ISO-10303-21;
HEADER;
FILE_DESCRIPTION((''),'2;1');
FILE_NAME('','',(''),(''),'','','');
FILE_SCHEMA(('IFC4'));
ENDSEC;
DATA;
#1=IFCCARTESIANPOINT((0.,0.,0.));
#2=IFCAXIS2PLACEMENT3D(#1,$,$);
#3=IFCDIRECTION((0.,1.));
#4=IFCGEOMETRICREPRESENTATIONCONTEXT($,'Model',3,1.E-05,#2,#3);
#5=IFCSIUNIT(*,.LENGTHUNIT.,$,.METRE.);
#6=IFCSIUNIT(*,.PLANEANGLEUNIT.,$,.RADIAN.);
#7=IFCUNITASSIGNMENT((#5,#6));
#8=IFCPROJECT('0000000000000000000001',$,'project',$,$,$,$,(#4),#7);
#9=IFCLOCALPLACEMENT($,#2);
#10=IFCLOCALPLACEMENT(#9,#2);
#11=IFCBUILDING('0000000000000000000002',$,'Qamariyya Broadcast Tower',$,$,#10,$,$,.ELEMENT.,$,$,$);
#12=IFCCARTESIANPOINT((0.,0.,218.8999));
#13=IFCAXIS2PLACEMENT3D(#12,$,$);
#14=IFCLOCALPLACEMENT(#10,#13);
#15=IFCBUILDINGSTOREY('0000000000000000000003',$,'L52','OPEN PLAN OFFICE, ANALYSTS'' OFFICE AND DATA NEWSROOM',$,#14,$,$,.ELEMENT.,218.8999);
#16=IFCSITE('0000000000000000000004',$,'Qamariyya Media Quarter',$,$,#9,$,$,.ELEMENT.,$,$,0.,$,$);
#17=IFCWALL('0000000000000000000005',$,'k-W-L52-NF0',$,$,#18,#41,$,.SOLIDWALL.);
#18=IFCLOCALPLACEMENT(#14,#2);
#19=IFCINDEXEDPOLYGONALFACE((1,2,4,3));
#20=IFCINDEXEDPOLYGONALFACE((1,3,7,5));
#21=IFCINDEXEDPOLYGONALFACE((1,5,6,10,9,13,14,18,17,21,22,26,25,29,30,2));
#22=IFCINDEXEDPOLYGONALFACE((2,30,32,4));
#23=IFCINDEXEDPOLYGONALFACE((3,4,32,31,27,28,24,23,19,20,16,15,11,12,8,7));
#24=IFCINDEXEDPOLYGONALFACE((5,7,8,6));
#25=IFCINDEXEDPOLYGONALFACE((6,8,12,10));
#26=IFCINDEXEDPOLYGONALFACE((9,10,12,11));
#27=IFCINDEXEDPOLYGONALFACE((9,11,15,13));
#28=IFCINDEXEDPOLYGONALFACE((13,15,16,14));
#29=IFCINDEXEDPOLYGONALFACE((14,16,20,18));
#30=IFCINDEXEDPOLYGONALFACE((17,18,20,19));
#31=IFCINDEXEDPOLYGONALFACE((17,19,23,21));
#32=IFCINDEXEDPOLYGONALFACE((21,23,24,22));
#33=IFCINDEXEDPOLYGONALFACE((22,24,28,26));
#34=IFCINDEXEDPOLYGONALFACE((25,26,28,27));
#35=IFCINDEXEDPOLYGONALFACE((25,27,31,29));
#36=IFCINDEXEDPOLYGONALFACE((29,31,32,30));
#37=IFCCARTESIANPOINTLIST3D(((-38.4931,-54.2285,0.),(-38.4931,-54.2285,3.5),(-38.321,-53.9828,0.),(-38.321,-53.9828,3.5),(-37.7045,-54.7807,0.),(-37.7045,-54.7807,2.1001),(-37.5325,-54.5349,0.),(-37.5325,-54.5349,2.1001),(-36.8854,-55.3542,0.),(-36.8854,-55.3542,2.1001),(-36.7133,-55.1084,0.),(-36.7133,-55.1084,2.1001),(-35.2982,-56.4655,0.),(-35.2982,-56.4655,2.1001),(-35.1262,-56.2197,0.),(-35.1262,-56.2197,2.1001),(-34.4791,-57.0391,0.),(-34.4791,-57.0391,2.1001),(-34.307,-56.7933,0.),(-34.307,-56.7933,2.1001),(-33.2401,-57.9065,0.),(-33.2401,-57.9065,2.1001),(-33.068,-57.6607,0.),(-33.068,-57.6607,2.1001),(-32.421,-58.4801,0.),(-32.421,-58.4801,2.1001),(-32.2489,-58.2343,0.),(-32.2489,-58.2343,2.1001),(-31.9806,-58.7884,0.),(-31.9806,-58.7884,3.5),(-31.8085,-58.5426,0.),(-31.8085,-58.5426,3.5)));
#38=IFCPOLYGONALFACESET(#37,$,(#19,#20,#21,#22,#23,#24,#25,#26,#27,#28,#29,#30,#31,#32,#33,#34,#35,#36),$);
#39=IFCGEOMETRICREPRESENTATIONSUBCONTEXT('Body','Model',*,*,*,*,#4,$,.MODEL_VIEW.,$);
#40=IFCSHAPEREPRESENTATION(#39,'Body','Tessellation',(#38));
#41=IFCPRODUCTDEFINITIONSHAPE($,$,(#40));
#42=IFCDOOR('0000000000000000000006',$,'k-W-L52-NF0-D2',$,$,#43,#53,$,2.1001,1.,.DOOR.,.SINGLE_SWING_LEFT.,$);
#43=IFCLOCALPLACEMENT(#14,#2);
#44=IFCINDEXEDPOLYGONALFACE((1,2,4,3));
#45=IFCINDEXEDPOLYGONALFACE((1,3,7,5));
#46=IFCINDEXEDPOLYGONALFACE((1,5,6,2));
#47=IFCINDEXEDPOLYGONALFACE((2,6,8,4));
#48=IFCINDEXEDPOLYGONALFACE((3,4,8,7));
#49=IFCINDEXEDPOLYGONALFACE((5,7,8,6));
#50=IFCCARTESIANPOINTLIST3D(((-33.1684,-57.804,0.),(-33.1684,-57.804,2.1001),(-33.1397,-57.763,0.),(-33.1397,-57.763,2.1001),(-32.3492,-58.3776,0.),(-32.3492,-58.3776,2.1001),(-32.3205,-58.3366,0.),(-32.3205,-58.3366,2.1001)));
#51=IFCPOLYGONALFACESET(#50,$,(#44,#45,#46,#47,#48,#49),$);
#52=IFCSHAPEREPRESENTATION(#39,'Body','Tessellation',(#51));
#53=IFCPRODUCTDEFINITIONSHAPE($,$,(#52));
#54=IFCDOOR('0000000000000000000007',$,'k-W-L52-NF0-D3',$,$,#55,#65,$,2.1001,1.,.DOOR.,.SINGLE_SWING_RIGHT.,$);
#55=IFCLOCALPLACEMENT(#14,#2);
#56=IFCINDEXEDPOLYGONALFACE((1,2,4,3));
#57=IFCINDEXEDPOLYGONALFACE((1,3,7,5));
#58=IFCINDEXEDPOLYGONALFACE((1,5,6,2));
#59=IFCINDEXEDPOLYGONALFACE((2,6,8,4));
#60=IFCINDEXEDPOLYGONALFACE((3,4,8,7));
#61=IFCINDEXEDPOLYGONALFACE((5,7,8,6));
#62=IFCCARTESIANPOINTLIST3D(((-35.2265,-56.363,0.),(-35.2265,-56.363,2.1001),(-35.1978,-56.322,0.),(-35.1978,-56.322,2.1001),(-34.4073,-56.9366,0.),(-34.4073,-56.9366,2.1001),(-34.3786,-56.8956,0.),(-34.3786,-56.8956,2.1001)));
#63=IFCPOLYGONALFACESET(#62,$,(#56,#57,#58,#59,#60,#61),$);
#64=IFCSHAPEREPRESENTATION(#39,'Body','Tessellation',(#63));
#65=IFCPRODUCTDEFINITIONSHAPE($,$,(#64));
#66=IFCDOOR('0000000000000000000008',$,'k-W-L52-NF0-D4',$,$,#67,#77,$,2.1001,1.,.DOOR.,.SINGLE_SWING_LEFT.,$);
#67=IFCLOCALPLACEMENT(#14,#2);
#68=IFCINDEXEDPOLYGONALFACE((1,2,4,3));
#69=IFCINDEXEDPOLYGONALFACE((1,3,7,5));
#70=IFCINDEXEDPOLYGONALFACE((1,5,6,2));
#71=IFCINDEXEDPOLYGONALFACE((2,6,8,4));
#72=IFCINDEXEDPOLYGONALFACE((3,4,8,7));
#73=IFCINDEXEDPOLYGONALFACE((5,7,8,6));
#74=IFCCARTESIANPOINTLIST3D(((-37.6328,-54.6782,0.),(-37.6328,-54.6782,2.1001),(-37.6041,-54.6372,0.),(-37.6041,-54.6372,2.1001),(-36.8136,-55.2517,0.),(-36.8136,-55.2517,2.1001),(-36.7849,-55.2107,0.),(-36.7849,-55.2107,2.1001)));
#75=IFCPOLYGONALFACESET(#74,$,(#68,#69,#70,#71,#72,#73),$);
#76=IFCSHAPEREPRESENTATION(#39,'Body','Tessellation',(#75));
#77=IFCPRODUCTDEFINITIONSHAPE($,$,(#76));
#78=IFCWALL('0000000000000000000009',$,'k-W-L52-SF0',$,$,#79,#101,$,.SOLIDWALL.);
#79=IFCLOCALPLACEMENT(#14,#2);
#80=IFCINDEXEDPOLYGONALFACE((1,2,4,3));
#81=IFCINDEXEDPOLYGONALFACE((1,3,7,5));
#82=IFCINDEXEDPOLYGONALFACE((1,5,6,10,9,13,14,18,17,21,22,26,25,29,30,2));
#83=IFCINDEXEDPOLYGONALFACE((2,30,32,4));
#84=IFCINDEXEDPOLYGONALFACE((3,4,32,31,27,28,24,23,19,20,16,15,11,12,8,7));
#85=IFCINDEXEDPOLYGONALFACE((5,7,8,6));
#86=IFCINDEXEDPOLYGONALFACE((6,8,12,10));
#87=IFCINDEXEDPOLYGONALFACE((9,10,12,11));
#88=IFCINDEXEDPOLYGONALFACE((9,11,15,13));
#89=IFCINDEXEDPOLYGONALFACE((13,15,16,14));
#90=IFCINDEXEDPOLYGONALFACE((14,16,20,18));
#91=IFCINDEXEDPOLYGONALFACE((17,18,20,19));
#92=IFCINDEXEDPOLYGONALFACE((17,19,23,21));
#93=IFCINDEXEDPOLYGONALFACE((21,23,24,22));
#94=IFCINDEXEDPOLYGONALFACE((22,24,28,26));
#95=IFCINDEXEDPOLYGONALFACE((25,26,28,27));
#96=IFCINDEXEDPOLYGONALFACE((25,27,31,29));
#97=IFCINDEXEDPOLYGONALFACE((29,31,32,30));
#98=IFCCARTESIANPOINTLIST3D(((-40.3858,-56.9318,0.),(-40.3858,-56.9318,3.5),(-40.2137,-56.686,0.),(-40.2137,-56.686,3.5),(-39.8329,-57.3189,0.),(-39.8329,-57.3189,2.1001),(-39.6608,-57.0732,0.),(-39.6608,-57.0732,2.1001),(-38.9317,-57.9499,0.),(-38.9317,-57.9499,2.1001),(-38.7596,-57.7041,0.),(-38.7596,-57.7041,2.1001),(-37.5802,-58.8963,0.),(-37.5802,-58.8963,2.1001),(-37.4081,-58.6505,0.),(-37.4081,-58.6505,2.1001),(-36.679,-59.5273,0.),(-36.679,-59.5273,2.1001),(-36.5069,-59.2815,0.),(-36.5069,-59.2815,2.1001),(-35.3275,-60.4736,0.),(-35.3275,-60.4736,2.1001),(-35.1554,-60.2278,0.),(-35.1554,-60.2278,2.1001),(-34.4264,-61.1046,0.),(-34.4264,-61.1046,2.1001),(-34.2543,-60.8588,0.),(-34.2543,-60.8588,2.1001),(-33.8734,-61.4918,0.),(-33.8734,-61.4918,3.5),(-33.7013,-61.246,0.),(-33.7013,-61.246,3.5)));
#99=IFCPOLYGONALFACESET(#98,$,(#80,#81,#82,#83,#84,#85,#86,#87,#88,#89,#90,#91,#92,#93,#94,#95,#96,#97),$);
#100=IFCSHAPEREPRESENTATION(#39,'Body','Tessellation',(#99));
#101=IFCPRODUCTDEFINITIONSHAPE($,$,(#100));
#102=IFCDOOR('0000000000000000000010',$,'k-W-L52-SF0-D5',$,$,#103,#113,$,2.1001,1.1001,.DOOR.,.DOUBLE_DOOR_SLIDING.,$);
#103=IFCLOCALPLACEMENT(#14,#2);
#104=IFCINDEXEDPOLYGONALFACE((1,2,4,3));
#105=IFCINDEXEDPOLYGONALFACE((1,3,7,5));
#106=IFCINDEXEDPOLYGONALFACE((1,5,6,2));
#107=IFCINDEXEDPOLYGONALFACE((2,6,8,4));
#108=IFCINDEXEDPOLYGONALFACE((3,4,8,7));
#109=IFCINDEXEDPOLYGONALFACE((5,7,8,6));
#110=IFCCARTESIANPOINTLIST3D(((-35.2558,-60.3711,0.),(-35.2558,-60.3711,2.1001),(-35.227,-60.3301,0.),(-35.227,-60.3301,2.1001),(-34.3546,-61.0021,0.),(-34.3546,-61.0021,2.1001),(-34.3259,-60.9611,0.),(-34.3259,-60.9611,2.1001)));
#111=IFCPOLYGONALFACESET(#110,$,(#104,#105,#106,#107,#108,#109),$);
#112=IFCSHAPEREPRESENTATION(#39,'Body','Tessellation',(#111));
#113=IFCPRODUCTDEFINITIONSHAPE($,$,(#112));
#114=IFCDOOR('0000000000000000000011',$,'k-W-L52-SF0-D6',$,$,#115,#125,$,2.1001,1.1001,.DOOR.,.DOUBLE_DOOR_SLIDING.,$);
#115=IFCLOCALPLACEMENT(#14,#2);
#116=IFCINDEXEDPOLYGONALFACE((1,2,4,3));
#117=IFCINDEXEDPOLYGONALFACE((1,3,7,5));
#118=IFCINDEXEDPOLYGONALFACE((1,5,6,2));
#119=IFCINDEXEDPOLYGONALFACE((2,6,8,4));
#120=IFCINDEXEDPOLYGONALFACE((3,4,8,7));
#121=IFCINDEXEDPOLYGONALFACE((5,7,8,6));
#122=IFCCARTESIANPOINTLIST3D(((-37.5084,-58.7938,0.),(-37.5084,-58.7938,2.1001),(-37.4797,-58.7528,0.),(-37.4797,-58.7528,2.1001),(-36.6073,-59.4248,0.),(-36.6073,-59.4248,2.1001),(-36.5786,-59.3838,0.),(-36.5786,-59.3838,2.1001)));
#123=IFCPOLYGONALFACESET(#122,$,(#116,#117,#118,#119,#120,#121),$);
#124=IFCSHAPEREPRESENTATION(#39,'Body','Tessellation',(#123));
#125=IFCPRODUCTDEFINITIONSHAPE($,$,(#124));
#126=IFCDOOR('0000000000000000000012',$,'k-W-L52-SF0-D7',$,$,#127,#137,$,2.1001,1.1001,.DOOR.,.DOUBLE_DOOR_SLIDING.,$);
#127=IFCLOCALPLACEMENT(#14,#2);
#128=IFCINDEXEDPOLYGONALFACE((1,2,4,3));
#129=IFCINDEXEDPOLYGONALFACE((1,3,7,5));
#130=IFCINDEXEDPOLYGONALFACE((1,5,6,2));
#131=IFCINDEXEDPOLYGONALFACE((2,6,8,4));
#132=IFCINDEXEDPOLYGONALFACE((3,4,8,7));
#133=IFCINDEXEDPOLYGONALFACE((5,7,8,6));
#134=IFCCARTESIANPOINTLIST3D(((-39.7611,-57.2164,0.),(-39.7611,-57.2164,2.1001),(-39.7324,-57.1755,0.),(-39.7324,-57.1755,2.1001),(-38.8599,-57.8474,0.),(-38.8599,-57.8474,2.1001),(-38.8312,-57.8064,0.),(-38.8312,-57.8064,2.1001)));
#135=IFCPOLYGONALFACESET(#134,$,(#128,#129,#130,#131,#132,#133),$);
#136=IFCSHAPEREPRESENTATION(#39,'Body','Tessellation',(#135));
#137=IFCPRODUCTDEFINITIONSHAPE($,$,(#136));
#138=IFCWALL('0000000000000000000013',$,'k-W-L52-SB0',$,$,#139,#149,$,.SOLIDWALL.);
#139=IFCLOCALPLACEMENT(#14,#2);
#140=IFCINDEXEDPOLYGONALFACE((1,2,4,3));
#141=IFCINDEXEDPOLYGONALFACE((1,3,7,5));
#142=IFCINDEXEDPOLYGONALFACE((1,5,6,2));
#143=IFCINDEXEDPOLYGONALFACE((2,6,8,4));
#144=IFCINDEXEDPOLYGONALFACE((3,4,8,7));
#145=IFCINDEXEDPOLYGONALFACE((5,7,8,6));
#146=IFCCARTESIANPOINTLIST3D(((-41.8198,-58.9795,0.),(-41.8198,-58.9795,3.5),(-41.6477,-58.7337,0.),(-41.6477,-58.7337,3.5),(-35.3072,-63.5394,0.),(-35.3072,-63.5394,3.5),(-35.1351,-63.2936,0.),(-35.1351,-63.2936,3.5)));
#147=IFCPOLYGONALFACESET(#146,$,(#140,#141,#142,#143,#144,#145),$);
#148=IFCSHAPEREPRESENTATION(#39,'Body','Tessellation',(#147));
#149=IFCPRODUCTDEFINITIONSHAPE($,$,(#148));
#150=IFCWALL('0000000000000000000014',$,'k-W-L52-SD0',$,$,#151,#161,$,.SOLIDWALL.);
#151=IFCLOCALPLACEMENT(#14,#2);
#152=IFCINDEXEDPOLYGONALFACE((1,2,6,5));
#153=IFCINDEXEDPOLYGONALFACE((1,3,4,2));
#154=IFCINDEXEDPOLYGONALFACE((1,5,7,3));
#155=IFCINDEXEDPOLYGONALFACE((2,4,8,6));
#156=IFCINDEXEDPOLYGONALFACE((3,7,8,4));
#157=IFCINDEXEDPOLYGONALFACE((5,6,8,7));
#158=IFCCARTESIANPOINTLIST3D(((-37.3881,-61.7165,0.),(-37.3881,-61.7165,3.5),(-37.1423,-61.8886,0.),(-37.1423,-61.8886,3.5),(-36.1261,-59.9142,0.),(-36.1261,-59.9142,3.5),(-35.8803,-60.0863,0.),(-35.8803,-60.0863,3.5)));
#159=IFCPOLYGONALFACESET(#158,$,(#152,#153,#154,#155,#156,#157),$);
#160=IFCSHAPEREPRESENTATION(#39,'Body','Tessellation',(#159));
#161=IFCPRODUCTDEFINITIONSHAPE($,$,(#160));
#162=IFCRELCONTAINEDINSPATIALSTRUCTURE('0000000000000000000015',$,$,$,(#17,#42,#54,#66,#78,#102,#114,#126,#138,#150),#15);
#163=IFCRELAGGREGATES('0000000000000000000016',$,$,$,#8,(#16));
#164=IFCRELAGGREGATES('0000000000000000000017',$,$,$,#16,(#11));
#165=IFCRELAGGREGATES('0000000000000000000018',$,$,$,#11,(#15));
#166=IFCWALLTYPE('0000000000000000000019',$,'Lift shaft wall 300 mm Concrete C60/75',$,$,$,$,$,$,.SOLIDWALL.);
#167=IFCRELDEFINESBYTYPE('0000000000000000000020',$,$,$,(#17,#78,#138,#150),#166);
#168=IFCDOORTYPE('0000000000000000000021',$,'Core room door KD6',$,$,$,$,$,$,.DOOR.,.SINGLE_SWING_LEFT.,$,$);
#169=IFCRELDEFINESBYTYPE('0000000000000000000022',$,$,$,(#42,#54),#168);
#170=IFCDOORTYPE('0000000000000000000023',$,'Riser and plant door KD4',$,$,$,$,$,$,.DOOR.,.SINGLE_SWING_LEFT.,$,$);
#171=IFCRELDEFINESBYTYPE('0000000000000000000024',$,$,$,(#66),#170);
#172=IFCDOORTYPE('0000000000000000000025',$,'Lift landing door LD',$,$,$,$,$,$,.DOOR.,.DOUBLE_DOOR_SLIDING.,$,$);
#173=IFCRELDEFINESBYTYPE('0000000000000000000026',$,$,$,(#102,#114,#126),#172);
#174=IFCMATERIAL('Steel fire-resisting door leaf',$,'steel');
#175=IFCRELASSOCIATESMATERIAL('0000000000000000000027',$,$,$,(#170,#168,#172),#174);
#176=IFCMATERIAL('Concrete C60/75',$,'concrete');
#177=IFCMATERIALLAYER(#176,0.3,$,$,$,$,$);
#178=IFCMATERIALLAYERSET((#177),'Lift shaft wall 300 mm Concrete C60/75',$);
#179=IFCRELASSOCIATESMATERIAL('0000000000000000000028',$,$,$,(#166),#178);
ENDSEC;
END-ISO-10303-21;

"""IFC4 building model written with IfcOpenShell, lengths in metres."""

from ifc_helpers import new_model, si_unit, direction, frame, frame_2d, origin, place, context, subcontext, project, spatial, rectangle, extrude, material, layer, layer_set, type_object, element, fill, save


model = new_model("IFC4")

# Units and contexts
model_context = context("Model", 3, precision=1e-05, world=origin(), true_north=direction((0.0, 1.0)))
body_context = subcontext(model_context, "Body", "Model", "MODEL_VIEW")
ifc_project = project(units=[si_unit("LENGTHUNIT", "METRE"), si_unit("PLANEANGLEUNIT", "RADIAN")], contexts=[model_context])

# Site, building, storey
site_placement = place(None, origin())
site = spatial("IfcSite", under=ifc_project, at=site_placement, Name="Qamariyya Media Quarter", CompositionType="ELEMENT", RefElevation=0.0)
building_placement = place(site_placement, origin())
building = spatial("IfcBuilding", under=site, at=building_placement, Name="Qamariyya Broadcast Tower", CompositionType="ELEMENT")
storey_placement = place(building_placement, frame((0.0, 0.0, 218.8999)))
storey = spatial("IfcBuildingStorey", under=building, at=storey_placement, Name="L52", Description="OPEN PLAN OFFICE, ANALYSTS' OFFICE AND DATA NEWSROOM", CompositionType="ELEMENT", Elevation=218.8999)

# Shared definitions
ifc_material_1 = material(Name="Concrete C60/75", Category="concrete")
ifc_material_2 = material(Name="Steel fire-resisting door leaf", Category="steel")
door_type_1 = type_object("IfcDoorType", Name="Riser and plant door KD4", OperationType="SINGLE_SWING_LEFT", PredefinedType="DOOR", material=ifc_material_2)

# Walls, openings, doors
ifc_layer_1 = layer(ifc_material_1, 0.3)
ifc_layer_set_1 = layer_set([ifc_layer_1], Name="Lift shaft wall 300 mm Concrete C60/75")
wall_type_1 = type_object("IfcWallType", Name="Lift shaft wall 300 mm Concrete C60/75", PredefinedType="SOLIDWALL", material=ifc_layer_set_1)
wall_1_placement = place(storey_placement, frame((-31.8945, -58.6655, 0.0), z_axis=(0.0, 0.0, 1.0), x_axis=(-0.819167, 0.573555, 0.0)))
wall_1 = element("IfcWall", 1, at=wall_1_placement, inside=storey, type_object=wall_type_1, Name="k-W-L52-NF0", PredefinedType="SOLIDWALL", context=body_context, shape_type="SweptSolid", body=[
    extrude(rectangle(XDim=7.9502, YDim=0.3, at=frame_2d((3.9751, 0.0))), origin(), (0.0, 0.0, 1.0), 3.5),
])
opening_1_placement = place(wall_1_placement, frame((0.5376, 0.0, 0.0)))
opening_1 = element("IfcOpeningElement", 2, at=opening_1_placement, cuts=wall_1, PredefinedType="OPENING", context=body_context, shape_type="SweptSolid", body=[
    extrude(rectangle(XDim=1.0, YDim=2.1001, at=frame_2d((0.5, 1.05))), frame((0.0, 0.1599, 0.0), z_axis=(0.0, -1.0, 0.0), x_axis=(1.0, 0.0, 0.0)), (0.0, 0.0, 1.0), 0.3201),
])
opening_2_placement = place(wall_1_placement, frame((3.05, 0.0, 0.0)))
opening_2 = element("IfcOpeningElement", 3, at=opening_2_placement, cuts=wall_1, PredefinedType="OPENING", context=body_context, shape_type="SweptSolid", body=[
    extrude(rectangle(XDim=1.0, YDim=2.1001, at=frame_2d((0.5, 1.05))), frame((0.0, 0.1599, 0.0), z_axis=(0.0, -1.0, 0.0), x_axis=(1.0, 0.0, 0.0)), (0.0, 0.0, 1.0), 0.3201),
])
opening_3_placement = place(wall_1_placement, frame((5.9875, 0.0, 0.0)))
opening_3 = element("IfcOpeningElement", 4, at=opening_3_placement, cuts=wall_1, PredefinedType="OPENING", context=body_context, shape_type="SweptSolid", body=[
    extrude(rectangle(XDim=1.0, YDim=2.1001, at=frame_2d((0.5, 1.05))), frame((0.0, 0.1599, 0.0), z_axis=(0.0, -1.0, 0.0), x_axis=(1.0, 0.0, 0.0)), (0.0, 0.0, 1.0), 0.3201),
])
door_type_2 = type_object("IfcDoorType", Name="Core room door KD6", OperationType="SINGLE_SWING_LEFT", PredefinedType="DOOR", material=ifc_material_2)
door_1_placement = place(opening_1_placement, origin())
door_1 = element("IfcDoor", 5, at=door_1_placement, inside=storey, type_object=door_type_2, Name="k-W-L52-NF0-D2", OperationType="SINGLE_SWING_LEFT", OverallHeight=2.1001, OverallWidth=1.0, PredefinedType="DOOR", context=body_context, shape_type="SweptSolid", body=[
    extrude(rectangle(XDim=1.0, YDim=2.1001, at=frame_2d((0.5, 1.05))), frame((0.0, 0.0249, 0.0), z_axis=(0.0, -1.0, 0.0), x_axis=(1.0, 0.0, 0.0)), (0.0, 0.0, 1.0), 0.05),
])
fill(opening_1, door_1)
door_2_placement = place(opening_2_placement, origin())
door_2 = element("IfcDoor", 6, at=door_2_placement, inside=storey, type_object=door_type_2, Name="k-W-L52-NF0-D3", OperationType="SINGLE_SWING_RIGHT", OverallHeight=2.1001, OverallWidth=1.0, PredefinedType="DOOR", context=body_context, shape_type="SweptSolid", body=[
    extrude(rectangle(XDim=1.0, YDim=2.1001, at=frame_2d((0.5, 1.05))), frame((0.0, 0.0249, 0.0), z_axis=(0.0, -1.0, 0.0), x_axis=(1.0, 0.0, 0.0)), (0.0, 0.0, 1.0), 0.05),
])
fill(opening_2, door_2)
door_3_placement = place(opening_3_placement, origin())
door_3 = element("IfcDoor", 7, at=door_3_placement, inside=storey, type_object=door_type_1, Name="k-W-L52-NF0-D4", OperationType="SINGLE_SWING_LEFT", OverallHeight=2.1001, OverallWidth=1.0, PredefinedType="DOOR", context=body_context, shape_type="SweptSolid", body=[
    extrude(rectangle(XDim=1.0, YDim=2.1001, at=frame_2d((0.5, 1.05))), frame((0.0, 0.0249, 0.0), z_axis=(0.0, -1.0, 0.0), x_axis=(1.0, 0.0, 0.0)), (0.0, 0.0, 1.0), 0.05),
])
fill(opening_3, door_3)
wall_2_placement = place(storey_placement, frame((-33.7874, -61.3689, 0.0), z_axis=(0.0, 0.0, 1.0), x_axis=(-0.819153, 0.573576, 0.0)))
wall_2 = element("IfcWall", 8, at=wall_2_placement, inside=storey, type_object=wall_type_1, Name="k-W-L52-SF0", PredefinedType="SOLIDWALL", context=body_context, shape_type="SweptSolid", body=[
    extrude(rectangle(XDim=7.9502, YDim=0.3, at=frame_2d((3.9751, 0.0))), origin(), (0.0, 0.0, 1.0), 3.5),
])
opening_4_placement = place(wall_2_placement, frame((0.675, 0.0, 0.0)))
opening_4 = element("IfcOpeningElement", 9, at=opening_4_placement, cuts=wall_2, PredefinedType="OPENING", context=body_context, shape_type="SweptSolid", body=[
    extrude(rectangle(XDim=1.1001, YDim=2.1001, at=frame_2d((0.55, 1.05))), frame((0.0, 0.1599, 0.0), z_axis=(0.0, -1.0, 0.0), x_axis=(1.0, 0.0, 0.0)), (0.0, 0.0, 1.0), 0.3201),
])
opening_5_placement = place(wall_2_placement, frame((3.425, 0.0, 0.0)))
opening_5 = element("IfcOpeningElement", 10, at=opening_5_placement, cuts=wall_2, PredefinedType="OPENING", context=body_context, shape_type="SweptSolid", body=[
    extrude(rectangle(XDim=1.1001, YDim=2.1001, at=frame_2d((0.55, 1.05))), frame((0.0, 0.1599, 0.0), z_axis=(0.0, -1.0, 0.0), x_axis=(1.0, 0.0, 0.0)), (0.0, 0.0, 1.0), 0.3201),
])
opening_6_placement = place(wall_2_placement, frame((6.175, 0.0, 0.0)))
opening_6 = element("IfcOpeningElement", 11, at=opening_6_placement, cuts=wall_2, PredefinedType="OPENING", context=body_context, shape_type="SweptSolid", body=[
    extrude(rectangle(XDim=1.1001, YDim=2.1001, at=frame_2d((0.55, 1.05))), frame((0.0, 0.1599, 0.0), z_axis=(0.0, -1.0, 0.0), x_axis=(1.0, 0.0, 0.0)), (0.0, 0.0, 1.0), 0.3201),
])
door_type_3 = type_object("IfcDoorType", Name="Lift landing door LD", OperationType="DOUBLE_DOOR_SLIDING", PredefinedType="DOOR", material=ifc_material_2)
door_4_placement = place(opening_4_placement, origin())
door_4 = element("IfcDoor", 12, at=door_4_placement, inside=storey, type_object=door_type_3, Name="k-W-L52-SF0-D5", OperationType="DOUBLE_DOOR_SLIDING", OverallHeight=2.1001, OverallWidth=1.1001, PredefinedType="DOOR", context=body_context, shape_type="SweptSolid", body=[
    extrude(rectangle(XDim=1.1001, YDim=2.1001, at=frame_2d((0.55, 1.05))), frame((0.0, 0.0249, 0.0), z_axis=(0.0, -1.0, 0.0), x_axis=(1.0, 0.0, 0.0)), (0.0, 0.0, 1.0), 0.05),
])
fill(opening_4, door_4)
door_5_placement = place(opening_5_placement, origin())
door_5 = element("IfcDoor", 13, at=door_5_placement, inside=storey, type_object=door_type_3, Name="k-W-L52-SF0-D6", OperationType="DOUBLE_DOOR_SLIDING", OverallHeight=2.1001, OverallWidth=1.1001, PredefinedType="DOOR", context=body_context, shape_type="SweptSolid", body=[
    extrude(rectangle(XDim=1.1001, YDim=2.1001, at=frame_2d((0.55, 1.05))), frame((0.0, 0.0249, 0.0), z_axis=(0.0, -1.0, 0.0), x_axis=(1.0, 0.0, 0.0)), (0.0, 0.0, 1.0), 0.05),
])
fill(opening_5, door_5)
door_6_placement = place(opening_6_placement, origin())
door_6 = element("IfcDoor", 14, at=door_6_placement, inside=storey, type_object=door_type_3, Name="k-W-L52-SF0-D7", OperationType="DOUBLE_DOOR_SLIDING", OverallHeight=2.1001, OverallWidth=1.1001, PredefinedType="DOOR", context=body_context, shape_type="SweptSolid", body=[
    extrude(rectangle(XDim=1.1001, YDim=2.1001, at=frame_2d((0.55, 1.05))), frame((0.0, 0.0249, 0.0), z_axis=(0.0, -1.0, 0.0), x_axis=(1.0, 0.0, 0.0)), (0.0, 0.0, 1.0), 0.05),
])
fill(opening_6, door_6)

# Walls
wall_3_placement = place(storey_placement, frame((-35.2212, -63.4165, 0.0), z_axis=(0.0, 0.0, 1.0), x_axis=(-0.819167, 0.573555, 0.0)))
element("IfcWall", 15, at=wall_3_placement, inside=storey, type_object=wall_type_1, Name="k-W-L52-SB0", PredefinedType="SOLIDWALL", context=body_context, shape_type="SweptSolid", body=[
    extrude(rectangle(XDim=7.9502, YDim=0.3, at=frame_2d((3.9751, 0.0))), origin(), (0.0, 0.0, 1.0), 3.5),
])
wall_4_placement = place(storey_placement, frame((-36.0032, -60.0002, 0.0), z_axis=(0.0, 0.0, 1.0), x_axis=(-0.573581, -0.819149, 0.0)))
element("IfcWall", 16, at=wall_4_placement, inside=storey, type_object=wall_type_1, Name="k-W-L52-SD0", PredefinedType="SOLIDWALL", context=body_context, shape_type="SweptSolid", body=[
    extrude(rectangle(XDim=2.2002, YDim=0.3, at=frame_2d((1.1001, 0.0))), origin(), (0.0, 0.0, 1.0), 3.5),
])

save(model, "model.ifc")
